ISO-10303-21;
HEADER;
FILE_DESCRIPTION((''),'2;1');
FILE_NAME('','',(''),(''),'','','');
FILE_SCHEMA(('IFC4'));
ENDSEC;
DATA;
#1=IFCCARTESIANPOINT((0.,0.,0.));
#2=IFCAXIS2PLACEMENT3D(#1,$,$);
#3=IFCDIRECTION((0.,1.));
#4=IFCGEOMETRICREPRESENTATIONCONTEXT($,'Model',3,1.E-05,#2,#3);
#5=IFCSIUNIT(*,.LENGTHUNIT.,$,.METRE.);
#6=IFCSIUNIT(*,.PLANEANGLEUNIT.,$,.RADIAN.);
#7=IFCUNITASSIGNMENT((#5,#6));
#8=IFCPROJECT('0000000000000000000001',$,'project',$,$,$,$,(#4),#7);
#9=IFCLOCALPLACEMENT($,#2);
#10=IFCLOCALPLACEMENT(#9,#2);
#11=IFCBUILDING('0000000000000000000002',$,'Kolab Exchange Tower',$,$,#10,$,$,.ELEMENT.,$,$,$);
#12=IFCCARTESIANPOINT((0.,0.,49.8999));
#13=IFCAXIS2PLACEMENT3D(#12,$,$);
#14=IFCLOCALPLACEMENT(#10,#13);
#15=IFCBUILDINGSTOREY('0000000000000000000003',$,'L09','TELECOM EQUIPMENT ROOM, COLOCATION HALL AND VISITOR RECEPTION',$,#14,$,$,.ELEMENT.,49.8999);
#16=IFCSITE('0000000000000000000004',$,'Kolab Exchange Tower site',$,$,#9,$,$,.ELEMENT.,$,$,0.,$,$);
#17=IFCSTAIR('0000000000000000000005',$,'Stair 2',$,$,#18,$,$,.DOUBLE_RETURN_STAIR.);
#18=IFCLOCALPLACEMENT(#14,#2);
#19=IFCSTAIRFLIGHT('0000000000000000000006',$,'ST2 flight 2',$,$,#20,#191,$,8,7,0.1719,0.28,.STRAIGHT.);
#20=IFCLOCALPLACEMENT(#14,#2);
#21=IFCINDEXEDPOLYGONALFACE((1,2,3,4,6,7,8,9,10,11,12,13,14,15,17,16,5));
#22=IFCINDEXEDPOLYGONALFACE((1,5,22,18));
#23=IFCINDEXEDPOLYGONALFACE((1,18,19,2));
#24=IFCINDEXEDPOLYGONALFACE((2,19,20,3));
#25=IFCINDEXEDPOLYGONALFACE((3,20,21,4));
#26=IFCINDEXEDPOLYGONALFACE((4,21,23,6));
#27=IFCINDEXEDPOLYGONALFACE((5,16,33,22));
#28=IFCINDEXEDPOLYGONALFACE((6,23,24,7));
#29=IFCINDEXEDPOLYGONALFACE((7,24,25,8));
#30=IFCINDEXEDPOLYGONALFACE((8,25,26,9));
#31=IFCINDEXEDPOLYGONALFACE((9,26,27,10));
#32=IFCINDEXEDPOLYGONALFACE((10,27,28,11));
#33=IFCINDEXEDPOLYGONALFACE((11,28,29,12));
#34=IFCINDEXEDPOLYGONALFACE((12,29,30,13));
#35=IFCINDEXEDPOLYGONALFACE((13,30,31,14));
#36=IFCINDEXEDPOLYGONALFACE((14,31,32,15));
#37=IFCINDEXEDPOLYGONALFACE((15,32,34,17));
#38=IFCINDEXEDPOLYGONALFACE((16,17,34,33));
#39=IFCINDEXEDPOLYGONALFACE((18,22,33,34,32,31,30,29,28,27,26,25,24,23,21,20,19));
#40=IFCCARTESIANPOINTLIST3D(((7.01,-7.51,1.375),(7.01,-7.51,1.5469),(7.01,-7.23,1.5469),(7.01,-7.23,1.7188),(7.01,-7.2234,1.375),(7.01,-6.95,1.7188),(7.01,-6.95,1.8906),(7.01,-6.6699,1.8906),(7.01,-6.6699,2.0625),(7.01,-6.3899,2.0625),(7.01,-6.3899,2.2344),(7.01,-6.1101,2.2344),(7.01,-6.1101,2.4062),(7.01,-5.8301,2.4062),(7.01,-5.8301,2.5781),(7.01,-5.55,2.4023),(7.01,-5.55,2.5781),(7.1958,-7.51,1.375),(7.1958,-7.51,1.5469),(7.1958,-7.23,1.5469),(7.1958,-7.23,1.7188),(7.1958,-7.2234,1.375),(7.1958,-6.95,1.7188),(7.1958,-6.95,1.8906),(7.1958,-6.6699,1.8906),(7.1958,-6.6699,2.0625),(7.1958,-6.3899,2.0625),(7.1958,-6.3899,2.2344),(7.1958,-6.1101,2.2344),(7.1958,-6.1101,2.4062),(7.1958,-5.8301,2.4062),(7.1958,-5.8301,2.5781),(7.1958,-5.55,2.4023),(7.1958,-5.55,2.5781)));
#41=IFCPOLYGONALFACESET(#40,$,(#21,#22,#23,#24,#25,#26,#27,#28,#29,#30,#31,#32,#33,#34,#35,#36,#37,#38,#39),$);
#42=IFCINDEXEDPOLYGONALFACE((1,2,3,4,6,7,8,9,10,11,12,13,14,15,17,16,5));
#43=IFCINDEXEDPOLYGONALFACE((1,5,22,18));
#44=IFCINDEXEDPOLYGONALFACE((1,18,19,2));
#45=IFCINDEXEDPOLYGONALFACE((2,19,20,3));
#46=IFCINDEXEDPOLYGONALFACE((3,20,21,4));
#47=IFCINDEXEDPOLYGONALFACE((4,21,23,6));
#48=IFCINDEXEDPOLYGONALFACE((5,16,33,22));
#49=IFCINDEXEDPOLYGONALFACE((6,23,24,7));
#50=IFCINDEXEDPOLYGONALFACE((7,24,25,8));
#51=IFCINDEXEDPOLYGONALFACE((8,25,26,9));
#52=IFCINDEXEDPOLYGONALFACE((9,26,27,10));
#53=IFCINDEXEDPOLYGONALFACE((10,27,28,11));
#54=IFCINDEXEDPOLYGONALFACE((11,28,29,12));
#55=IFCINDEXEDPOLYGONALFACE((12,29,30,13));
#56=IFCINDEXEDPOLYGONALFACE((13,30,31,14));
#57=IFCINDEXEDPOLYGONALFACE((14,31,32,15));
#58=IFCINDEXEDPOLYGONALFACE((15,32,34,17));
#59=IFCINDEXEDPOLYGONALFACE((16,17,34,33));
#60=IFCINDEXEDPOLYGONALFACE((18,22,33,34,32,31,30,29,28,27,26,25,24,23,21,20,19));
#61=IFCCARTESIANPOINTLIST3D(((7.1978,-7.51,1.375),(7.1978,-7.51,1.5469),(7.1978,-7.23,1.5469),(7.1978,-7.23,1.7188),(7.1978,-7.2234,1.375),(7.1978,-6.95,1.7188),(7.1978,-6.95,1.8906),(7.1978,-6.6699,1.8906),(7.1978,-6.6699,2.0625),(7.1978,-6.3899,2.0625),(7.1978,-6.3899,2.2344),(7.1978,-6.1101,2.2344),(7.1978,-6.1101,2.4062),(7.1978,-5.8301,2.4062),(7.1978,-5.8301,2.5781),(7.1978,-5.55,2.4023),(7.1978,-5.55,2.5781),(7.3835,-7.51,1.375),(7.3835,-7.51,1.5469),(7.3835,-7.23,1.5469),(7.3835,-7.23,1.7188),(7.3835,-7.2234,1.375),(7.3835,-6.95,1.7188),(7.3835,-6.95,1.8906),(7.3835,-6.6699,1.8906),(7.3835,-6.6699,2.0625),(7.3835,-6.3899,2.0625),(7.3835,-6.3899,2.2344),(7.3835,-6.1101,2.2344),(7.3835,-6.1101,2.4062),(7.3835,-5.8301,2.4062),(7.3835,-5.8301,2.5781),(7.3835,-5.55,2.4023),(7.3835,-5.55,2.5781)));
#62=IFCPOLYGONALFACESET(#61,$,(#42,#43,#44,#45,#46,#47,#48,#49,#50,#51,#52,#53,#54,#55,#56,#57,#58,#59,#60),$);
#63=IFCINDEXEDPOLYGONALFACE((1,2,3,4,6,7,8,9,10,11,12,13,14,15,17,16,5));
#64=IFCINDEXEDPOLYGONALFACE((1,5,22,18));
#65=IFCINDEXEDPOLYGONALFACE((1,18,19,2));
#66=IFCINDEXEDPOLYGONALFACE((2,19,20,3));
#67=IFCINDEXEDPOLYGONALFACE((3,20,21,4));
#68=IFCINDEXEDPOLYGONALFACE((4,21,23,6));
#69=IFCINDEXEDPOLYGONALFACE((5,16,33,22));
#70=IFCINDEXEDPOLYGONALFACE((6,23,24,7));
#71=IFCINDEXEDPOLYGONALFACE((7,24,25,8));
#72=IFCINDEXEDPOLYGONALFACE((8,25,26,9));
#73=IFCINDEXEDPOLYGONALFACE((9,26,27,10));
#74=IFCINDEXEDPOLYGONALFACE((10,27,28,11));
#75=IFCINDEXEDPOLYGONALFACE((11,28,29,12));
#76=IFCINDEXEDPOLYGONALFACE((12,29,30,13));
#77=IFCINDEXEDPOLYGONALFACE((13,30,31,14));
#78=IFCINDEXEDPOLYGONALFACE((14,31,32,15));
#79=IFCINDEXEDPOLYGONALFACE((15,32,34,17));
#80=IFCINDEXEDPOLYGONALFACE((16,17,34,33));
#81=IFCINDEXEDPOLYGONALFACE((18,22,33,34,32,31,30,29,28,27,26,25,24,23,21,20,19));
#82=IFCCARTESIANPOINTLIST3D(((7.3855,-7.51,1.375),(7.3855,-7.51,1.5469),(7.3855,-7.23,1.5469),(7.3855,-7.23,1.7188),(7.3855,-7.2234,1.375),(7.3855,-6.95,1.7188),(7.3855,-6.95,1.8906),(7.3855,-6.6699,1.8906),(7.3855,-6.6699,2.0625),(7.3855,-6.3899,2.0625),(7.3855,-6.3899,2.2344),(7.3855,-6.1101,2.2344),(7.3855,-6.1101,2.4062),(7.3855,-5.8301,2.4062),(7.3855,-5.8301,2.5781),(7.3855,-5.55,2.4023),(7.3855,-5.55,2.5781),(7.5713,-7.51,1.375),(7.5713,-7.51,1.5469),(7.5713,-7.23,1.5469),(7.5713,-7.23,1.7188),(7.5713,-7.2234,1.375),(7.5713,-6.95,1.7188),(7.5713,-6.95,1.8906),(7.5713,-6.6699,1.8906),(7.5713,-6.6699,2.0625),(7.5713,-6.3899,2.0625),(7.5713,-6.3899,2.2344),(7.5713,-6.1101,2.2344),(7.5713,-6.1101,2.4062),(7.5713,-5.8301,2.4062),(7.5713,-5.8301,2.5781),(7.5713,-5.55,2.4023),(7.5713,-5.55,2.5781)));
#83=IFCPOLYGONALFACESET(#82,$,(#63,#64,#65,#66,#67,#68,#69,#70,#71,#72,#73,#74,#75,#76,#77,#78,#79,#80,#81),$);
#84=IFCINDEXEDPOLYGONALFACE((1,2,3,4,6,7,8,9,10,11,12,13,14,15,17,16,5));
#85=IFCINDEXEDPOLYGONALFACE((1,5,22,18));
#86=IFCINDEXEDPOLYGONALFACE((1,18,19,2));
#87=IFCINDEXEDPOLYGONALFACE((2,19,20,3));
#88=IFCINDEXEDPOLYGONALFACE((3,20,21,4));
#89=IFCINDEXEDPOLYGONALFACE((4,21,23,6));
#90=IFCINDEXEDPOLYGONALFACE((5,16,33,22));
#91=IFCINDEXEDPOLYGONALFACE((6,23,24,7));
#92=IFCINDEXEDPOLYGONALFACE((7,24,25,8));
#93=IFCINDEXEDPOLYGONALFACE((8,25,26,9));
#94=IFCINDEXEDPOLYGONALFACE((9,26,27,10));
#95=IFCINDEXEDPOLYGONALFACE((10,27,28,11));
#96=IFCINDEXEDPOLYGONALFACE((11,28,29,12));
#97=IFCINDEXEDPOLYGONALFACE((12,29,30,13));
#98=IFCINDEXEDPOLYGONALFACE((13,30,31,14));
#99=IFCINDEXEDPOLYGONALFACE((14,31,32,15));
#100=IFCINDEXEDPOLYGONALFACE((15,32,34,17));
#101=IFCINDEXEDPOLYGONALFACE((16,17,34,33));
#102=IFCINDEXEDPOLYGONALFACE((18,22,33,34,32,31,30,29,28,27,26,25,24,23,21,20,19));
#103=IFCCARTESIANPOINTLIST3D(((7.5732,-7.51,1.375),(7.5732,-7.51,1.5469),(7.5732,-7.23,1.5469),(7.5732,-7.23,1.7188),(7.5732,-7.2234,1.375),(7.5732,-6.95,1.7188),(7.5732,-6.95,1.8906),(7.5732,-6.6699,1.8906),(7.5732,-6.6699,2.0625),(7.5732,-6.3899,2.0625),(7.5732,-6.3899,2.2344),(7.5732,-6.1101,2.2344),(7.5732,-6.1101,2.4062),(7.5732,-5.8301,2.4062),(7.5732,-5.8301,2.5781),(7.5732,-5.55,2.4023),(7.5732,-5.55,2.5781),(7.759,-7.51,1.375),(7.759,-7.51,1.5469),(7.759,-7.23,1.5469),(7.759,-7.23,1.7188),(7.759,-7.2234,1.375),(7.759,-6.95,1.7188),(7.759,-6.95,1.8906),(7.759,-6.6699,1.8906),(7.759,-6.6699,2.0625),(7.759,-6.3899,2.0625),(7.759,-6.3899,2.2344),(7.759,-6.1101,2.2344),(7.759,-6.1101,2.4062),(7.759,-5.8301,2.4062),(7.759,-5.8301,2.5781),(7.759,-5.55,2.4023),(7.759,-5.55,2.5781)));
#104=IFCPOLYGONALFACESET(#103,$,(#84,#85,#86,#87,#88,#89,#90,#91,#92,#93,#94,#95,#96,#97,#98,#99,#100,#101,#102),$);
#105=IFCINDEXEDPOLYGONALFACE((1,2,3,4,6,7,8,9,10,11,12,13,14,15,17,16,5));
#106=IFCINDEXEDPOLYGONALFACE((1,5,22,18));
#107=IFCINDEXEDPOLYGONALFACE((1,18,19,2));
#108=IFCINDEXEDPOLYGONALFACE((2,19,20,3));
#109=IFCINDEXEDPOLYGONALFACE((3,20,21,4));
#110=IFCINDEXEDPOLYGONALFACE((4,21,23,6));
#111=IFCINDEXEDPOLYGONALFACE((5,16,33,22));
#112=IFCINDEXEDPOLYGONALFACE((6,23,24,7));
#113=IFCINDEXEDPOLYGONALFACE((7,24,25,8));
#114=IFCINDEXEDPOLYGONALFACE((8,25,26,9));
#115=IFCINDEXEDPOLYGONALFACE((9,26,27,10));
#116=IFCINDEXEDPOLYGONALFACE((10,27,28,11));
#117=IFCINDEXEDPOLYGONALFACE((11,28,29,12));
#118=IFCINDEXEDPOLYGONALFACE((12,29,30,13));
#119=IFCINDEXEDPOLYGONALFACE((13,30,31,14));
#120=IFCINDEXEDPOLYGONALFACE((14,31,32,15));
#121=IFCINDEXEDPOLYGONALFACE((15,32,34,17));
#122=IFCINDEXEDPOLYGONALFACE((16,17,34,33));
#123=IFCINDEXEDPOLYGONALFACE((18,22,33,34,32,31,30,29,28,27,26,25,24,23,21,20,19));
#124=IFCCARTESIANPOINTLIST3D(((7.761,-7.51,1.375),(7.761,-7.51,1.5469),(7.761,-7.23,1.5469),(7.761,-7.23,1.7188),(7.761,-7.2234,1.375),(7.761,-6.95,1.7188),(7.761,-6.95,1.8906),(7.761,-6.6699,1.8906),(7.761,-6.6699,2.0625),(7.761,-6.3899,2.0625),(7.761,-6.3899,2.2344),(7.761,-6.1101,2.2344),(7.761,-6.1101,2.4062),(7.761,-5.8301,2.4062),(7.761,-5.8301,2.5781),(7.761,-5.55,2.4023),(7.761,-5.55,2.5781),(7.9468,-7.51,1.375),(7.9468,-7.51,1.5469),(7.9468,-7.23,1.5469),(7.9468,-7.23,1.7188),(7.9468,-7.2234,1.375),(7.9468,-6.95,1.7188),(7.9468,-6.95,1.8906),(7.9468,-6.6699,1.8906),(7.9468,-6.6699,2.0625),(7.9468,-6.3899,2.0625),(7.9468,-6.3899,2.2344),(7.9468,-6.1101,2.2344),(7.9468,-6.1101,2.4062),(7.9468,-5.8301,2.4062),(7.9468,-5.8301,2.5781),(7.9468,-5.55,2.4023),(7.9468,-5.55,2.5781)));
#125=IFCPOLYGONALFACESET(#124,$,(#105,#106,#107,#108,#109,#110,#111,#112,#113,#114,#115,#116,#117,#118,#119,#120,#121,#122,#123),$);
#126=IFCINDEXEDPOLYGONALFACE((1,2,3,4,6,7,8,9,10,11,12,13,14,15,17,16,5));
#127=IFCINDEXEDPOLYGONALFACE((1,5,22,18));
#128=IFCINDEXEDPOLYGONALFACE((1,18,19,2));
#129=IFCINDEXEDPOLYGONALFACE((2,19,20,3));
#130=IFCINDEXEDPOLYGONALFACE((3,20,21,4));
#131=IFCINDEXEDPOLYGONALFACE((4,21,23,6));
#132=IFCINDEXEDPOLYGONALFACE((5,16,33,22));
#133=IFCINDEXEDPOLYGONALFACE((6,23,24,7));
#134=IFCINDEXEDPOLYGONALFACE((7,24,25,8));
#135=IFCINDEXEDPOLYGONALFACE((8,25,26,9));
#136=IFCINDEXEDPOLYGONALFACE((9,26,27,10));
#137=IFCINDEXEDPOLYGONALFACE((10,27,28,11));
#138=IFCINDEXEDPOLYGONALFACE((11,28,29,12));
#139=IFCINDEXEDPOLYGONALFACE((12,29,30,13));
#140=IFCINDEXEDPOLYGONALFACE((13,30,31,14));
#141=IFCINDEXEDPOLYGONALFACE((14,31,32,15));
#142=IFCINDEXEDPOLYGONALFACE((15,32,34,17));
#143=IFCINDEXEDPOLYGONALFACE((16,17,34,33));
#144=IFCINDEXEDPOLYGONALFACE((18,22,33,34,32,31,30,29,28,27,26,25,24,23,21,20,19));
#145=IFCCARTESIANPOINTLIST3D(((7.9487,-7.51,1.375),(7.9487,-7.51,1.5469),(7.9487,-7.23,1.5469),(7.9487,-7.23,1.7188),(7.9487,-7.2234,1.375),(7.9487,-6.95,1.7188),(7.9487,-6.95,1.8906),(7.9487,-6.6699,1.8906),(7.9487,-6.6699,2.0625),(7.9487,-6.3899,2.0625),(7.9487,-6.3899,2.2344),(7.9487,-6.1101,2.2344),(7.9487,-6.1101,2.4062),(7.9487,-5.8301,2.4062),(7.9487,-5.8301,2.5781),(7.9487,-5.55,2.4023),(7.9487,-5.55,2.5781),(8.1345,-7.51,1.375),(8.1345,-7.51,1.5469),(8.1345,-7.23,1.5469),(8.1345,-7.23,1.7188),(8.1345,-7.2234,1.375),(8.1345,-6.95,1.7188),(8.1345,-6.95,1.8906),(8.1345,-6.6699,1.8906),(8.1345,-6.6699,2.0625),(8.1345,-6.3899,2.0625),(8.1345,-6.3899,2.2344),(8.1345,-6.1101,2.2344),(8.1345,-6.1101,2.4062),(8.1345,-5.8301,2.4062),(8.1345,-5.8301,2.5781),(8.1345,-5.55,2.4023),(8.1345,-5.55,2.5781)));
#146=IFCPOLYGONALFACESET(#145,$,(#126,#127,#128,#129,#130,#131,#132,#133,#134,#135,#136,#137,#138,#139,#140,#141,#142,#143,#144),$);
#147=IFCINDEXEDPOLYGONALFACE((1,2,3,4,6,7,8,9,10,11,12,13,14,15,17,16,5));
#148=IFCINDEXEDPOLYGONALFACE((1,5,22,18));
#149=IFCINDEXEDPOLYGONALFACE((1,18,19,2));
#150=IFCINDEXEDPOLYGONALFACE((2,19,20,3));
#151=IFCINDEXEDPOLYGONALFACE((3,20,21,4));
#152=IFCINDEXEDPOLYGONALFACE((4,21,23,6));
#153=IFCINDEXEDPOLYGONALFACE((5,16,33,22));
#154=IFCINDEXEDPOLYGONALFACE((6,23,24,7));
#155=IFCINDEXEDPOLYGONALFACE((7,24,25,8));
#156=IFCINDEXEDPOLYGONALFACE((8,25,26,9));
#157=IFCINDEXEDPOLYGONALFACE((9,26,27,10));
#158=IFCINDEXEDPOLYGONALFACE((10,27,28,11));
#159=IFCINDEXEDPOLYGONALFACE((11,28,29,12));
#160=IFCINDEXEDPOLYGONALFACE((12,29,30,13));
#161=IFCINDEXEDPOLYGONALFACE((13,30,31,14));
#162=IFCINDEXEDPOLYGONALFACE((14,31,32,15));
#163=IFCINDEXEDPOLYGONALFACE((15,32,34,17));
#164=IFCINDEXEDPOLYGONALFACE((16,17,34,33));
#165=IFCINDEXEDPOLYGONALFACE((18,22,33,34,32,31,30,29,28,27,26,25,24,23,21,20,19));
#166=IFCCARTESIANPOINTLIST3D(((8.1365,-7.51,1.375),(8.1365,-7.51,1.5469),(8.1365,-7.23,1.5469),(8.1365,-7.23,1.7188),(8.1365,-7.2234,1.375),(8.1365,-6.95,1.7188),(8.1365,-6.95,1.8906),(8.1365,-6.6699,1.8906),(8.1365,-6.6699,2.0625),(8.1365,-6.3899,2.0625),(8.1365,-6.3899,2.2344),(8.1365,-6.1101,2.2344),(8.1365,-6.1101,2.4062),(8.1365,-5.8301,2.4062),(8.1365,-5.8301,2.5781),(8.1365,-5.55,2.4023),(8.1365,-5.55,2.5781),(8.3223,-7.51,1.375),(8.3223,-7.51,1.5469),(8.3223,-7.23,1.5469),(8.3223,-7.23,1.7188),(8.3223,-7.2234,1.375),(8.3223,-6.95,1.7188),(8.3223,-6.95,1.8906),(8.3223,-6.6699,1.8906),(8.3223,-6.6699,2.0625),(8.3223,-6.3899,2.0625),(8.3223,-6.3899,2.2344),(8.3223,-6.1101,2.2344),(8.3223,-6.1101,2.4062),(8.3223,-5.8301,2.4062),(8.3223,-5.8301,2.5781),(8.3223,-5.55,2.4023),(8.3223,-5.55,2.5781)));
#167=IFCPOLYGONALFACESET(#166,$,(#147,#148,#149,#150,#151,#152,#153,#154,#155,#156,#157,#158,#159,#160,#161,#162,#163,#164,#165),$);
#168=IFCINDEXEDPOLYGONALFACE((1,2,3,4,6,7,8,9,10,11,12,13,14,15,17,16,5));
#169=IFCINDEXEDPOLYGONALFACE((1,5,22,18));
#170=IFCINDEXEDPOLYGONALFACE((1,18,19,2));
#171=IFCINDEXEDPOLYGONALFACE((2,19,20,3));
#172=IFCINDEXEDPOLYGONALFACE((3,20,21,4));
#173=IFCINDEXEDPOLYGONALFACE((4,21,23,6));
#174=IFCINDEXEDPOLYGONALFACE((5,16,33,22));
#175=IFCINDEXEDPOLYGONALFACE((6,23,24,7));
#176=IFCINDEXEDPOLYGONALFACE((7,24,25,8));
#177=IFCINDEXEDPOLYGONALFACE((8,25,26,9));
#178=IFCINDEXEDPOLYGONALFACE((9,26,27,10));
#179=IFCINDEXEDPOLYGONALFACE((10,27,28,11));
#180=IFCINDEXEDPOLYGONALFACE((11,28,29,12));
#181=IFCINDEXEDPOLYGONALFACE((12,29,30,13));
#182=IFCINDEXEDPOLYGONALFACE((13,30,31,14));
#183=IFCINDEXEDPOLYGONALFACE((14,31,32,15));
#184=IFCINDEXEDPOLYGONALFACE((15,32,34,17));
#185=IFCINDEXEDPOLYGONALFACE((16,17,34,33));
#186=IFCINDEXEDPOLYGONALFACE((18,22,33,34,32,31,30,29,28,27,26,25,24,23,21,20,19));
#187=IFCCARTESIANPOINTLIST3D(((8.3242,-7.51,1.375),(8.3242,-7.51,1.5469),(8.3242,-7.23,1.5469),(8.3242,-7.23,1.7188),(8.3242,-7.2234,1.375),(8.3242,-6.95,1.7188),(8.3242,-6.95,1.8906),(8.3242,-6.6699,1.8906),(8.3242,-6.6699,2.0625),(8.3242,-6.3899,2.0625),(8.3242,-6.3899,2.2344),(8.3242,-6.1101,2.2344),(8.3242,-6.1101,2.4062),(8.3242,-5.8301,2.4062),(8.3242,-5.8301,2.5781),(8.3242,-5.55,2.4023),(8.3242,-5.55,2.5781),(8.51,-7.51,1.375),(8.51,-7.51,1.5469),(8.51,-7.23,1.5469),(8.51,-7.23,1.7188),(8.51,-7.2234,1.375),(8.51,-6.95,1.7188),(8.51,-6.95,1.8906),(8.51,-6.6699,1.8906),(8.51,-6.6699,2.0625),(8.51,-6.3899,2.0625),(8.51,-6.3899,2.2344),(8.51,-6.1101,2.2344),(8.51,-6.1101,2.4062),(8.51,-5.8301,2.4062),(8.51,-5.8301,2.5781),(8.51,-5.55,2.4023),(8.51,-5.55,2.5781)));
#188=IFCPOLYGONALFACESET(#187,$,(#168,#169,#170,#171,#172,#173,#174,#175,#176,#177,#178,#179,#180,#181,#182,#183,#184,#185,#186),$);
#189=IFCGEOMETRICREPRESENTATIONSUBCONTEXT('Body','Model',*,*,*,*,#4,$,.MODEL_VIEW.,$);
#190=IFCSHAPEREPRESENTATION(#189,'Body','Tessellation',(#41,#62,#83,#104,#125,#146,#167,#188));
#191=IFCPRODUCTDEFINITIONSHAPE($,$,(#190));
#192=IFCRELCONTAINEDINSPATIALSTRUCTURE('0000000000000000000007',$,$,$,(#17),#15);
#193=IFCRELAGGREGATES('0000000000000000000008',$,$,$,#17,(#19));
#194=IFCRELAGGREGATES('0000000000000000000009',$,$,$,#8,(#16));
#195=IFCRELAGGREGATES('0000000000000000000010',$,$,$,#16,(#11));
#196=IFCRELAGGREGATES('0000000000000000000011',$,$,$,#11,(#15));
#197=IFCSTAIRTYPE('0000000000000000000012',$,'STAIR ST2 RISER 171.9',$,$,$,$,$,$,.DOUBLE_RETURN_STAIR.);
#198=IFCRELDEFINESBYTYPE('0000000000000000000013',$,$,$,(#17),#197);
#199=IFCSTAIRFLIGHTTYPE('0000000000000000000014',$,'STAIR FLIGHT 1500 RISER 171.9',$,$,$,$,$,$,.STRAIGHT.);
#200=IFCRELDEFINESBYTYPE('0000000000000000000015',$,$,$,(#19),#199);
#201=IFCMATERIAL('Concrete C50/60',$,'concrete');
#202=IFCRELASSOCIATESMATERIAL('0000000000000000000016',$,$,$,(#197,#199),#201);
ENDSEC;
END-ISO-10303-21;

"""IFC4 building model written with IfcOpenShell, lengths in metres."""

from ifc_helpers import new_model, si_unit, direction, frame, origin, place, context, subcontext, project, spatial, polyline, outline, extrude, material, type_object, element, aggregate, save


model = new_model("IFC4")

# Units and contexts
model_context = context("Model", 3, precision=1e-05, world=origin(), true_north=direction((0.0, 1.0)))
body_context = subcontext(model_context, "Body", "Model", "MODEL_VIEW")
ifc_project = project(units=[si_unit("LENGTHUNIT", "METRE"), si_unit("PLANEANGLEUNIT", "RADIAN")], contexts=[model_context])

# Site, building, storey
site_placement = place(None, origin())
site = spatial("IfcSite", under=ifc_project, at=site_placement, Name="Kolab Exchange Tower site", CompositionType="ELEMENT", RefElevation=0.0)
building_placement = place(site_placement, origin())
building = spatial("IfcBuilding", under=site, at=building_placement, Name="Kolab Exchange Tower", CompositionType="ELEMENT")
storey_placement = place(building_placement, frame((0.0, 0.0, 49.8999)))
storey = spatial("IfcBuildingStorey", under=building, at=storey_placement, Name="L09", Description="TELECOM EQUIPMENT ROOM, COLOCATION HALL AND VISITOR RECEPTION", CompositionType="ELEMENT", Elevation=49.8999)

# Shared definitions
ifc_material_1 = material(Name="Concrete C50/60", Category="concrete")

# Stair, stair flight
stair_type_1 = type_object("IfcStairType", Name="STAIR ST2 RISER 171.9", PredefinedType="DOUBLE_RETURN_STAIR", material=ifc_material_1)
stair_1_placement = place(storey_placement, origin())
stair_1 = element("IfcStair", 1, at=stair_1_placement, inside=storey, type_object=stair_type_1, Name="Stair 2", PredefinedType="DOUBLE_RETURN_STAIR")
stair_flight_type = type_object("IfcStairFlightType", Name="STAIR FLIGHT 1500 RISER 171.9", PredefinedType="STRAIGHT", material=ifc_material_1)
stair_flight_1_placement = place(storey_placement, frame((7.76, -7.51, 1.375), z_axis=(0.0, 0.0, 1.0), x_axis=(0.0, 1.0, 0.0)))
stair_flight_1 = element("IfcStairFlight", 2, at=stair_flight_1_placement, type_object=stair_flight_type, Name="ST2 flight 2", NumberOfRisers=8, NumberOfTreads=7, PredefinedType="STRAIGHT", RiserHeight=0.1719, TreadLength=0.28, context=body_context, shape_type="SweptSolid", body=[
    extrude(outline(polyline([(0.0, 0.0), (0.0, 0.1719), (0.28, 0.1719), (0.28, 0.3438), (0.5601, 0.3438), (0.5601, 0.5156), (0.8401, 0.5156), (0.8401, 0.6875), (1.1201, 0.6875), (1.1201, 0.8594), (1.3999, 0.8594), (1.3999, 1.0312), (1.6799, 1.0312), (1.6799, 1.2031), (1.96, 1.2031), (1.96, 1.375), (1.96, 1.0273), (0.2866, 0.0), (0.0, 0.0)])), frame((0.0, 0.75, 0.0), z_axis=(0.0, -1.0, 0.0), x_axis=(1.0, 0.0, 0.0)), (0.0, 0.0, 1.0), 0.1858),
    extrude(outline(polyline([(0.0, 0.0), (0.0, 0.1719), (0.28, 0.1719), (0.28, 0.3438), (0.5601, 0.3438), (0.5601, 0.5156), (0.8401, 0.5156), (0.8401, 0.6875), (1.1201, 0.6875), (1.1201, 0.8594), (1.3999, 0.8594), (1.3999, 1.0312), (1.6799, 1.0312), (1.6799, 1.2031), (1.96, 1.2031), (1.96, 1.375), (1.96, 1.0273), (0.2866, 0.0), (0.0, 0.0)])), frame((0.0, 0.5623, 0.0), z_axis=(0.0, -1.0, 0.0), x_axis=(1.0, 0.0, 0.0)), (0.0, 0.0, 1.0), 0.1858),
    extrude(outline(polyline([(0.0, 0.0), (0.0, 0.1719), (0.28, 0.1719), (0.28, 0.3438), (0.5601, 0.3438), (0.5601, 0.5156), (0.8401, 0.5156), (0.8401, 0.6875), (1.1201, 0.6875), (1.1201, 0.8594), (1.3999, 0.8594), (1.3999, 1.0312), (1.6799, 1.0312), (1.6799, 1.2031), (1.96, 1.2031), (1.96, 1.375), (1.96, 1.0273), (0.2866, 0.0), (0.0, 0.0)])), frame((0.0, 0.3745, 0.0), z_axis=(0.0, -1.0, 0.0), x_axis=(1.0, 0.0, 0.0)), (0.0, 0.0, 1.0), 0.1858),
    extrude(outline(polyline([(0.0, 0.0), (0.0, 0.1719), (0.28, 0.1719), (0.28, 0.3438), (0.5601, 0.3438), (0.5601, 0.5156), (0.8401, 0.5156), (0.8401, 0.6875), (1.1201, 0.6875), (1.1201, 0.8594), (1.3999, 0.8594), (1.3999, 1.0312), (1.6799, 1.0312), (1.6799, 1.2031), (1.96, 1.2031), (1.96, 1.375), (1.96, 1.0273), (0.2866, 0.0), (0.0, 0.0)])), frame((0.0, 0.1868, 0.0), z_axis=(0.0, -1.0, 0.0), x_axis=(1.0, 0.0, 0.0)), (0.0, 0.0, 1.0), 0.1858),
    extrude(outline(polyline([(0.0, 0.0), (0.0, 0.1719), (0.28, 0.1719), (0.28, 0.3438), (0.5601, 0.3438), (0.5601, 0.5156), (0.8401, 0.5156), (0.8401, 0.6875), (1.1201, 0.6875), (1.1201, 0.8594), (1.3999, 0.8594), (1.3999, 1.0312), (1.6799, 1.0312), (1.6799, 1.2031), (1.96, 1.2031), (1.96, 1.375), (1.96, 1.0273), (0.2866, 0.0), (0.0, 0.0)])), frame((0.0, -0.001, 0.0), z_axis=(0.0, -1.0, 0.0), x_axis=(1.0, 0.0, 0.0)), (0.0, 0.0, 1.0), 0.1858),
    extrude(outline(polyline([(0.0, 0.0), (0.0, 0.1719), (0.28, 0.1719), (0.28, 0.3438), (0.5601, 0.3438), (0.5601, 0.5156), (0.8401, 0.5156), (0.8401, 0.6875), (1.1201, 0.6875), (1.1201, 0.8594), (1.3999, 0.8594), (1.3999, 1.0312), (1.6799, 1.0312), (1.6799, 1.2031), (1.96, 1.2031), (1.96, 1.375), (1.96, 1.0273), (0.2866, 0.0), (0.0, 0.0)])), frame((0.0, -0.1887, 0.0), z_axis=(0.0, -1.0, 0.0), x_axis=(1.0, 0.0, 0.0)), (0.0, 0.0, 1.0), 0.1858),
    extrude(outline(polyline([(0.0, 0.0), (0.0, 0.1719), (0.28, 0.1719), (0.28, 0.3438), (0.5601, 0.3438), (0.5601, 0.5156), (0.8401, 0.5156), (0.8401, 0.6875), (1.1201, 0.6875), (1.1201, 0.8594), (1.3999, 0.8594), (1.3999, 1.0312), (1.6799, 1.0312), (1.6799, 1.2031), (1.96, 1.2031), (1.96, 1.375), (1.96, 1.0273), (0.2866, 0.0), (0.0, 0.0)])), frame((0.0, -0.3765, 0.0), z_axis=(0.0, -1.0, 0.0), x_axis=(1.0, 0.0, 0.0)), (0.0, 0.0, 1.0), 0.1858),
    extrude(outline(polyline([(0.0, 0.0), (0.0, 0.1719), (0.28, 0.1719), (0.28, 0.3438), (0.5601, 0.3438), (0.5601, 0.5156), (0.8401, 0.5156), (0.8401, 0.6875), (1.1201, 0.6875), (1.1201, 0.8594), (1.3999, 0.8594), (1.3999, 1.0312), (1.6799, 1.0312), (1.6799, 1.2031), (1.96, 1.2031), (1.96, 1.375), (1.96, 1.0273), (0.2866, 0.0), (0.0, 0.0)])), frame((0.0, -0.5642, 0.0), z_axis=(0.0, -1.0, 0.0), x_axis=(1.0, 0.0, 0.0)), (0.0, 0.0, 1.0), 0.1858),
])
aggregate(stair_1, [stair_flight_1])

save(model, "model.ifc")
